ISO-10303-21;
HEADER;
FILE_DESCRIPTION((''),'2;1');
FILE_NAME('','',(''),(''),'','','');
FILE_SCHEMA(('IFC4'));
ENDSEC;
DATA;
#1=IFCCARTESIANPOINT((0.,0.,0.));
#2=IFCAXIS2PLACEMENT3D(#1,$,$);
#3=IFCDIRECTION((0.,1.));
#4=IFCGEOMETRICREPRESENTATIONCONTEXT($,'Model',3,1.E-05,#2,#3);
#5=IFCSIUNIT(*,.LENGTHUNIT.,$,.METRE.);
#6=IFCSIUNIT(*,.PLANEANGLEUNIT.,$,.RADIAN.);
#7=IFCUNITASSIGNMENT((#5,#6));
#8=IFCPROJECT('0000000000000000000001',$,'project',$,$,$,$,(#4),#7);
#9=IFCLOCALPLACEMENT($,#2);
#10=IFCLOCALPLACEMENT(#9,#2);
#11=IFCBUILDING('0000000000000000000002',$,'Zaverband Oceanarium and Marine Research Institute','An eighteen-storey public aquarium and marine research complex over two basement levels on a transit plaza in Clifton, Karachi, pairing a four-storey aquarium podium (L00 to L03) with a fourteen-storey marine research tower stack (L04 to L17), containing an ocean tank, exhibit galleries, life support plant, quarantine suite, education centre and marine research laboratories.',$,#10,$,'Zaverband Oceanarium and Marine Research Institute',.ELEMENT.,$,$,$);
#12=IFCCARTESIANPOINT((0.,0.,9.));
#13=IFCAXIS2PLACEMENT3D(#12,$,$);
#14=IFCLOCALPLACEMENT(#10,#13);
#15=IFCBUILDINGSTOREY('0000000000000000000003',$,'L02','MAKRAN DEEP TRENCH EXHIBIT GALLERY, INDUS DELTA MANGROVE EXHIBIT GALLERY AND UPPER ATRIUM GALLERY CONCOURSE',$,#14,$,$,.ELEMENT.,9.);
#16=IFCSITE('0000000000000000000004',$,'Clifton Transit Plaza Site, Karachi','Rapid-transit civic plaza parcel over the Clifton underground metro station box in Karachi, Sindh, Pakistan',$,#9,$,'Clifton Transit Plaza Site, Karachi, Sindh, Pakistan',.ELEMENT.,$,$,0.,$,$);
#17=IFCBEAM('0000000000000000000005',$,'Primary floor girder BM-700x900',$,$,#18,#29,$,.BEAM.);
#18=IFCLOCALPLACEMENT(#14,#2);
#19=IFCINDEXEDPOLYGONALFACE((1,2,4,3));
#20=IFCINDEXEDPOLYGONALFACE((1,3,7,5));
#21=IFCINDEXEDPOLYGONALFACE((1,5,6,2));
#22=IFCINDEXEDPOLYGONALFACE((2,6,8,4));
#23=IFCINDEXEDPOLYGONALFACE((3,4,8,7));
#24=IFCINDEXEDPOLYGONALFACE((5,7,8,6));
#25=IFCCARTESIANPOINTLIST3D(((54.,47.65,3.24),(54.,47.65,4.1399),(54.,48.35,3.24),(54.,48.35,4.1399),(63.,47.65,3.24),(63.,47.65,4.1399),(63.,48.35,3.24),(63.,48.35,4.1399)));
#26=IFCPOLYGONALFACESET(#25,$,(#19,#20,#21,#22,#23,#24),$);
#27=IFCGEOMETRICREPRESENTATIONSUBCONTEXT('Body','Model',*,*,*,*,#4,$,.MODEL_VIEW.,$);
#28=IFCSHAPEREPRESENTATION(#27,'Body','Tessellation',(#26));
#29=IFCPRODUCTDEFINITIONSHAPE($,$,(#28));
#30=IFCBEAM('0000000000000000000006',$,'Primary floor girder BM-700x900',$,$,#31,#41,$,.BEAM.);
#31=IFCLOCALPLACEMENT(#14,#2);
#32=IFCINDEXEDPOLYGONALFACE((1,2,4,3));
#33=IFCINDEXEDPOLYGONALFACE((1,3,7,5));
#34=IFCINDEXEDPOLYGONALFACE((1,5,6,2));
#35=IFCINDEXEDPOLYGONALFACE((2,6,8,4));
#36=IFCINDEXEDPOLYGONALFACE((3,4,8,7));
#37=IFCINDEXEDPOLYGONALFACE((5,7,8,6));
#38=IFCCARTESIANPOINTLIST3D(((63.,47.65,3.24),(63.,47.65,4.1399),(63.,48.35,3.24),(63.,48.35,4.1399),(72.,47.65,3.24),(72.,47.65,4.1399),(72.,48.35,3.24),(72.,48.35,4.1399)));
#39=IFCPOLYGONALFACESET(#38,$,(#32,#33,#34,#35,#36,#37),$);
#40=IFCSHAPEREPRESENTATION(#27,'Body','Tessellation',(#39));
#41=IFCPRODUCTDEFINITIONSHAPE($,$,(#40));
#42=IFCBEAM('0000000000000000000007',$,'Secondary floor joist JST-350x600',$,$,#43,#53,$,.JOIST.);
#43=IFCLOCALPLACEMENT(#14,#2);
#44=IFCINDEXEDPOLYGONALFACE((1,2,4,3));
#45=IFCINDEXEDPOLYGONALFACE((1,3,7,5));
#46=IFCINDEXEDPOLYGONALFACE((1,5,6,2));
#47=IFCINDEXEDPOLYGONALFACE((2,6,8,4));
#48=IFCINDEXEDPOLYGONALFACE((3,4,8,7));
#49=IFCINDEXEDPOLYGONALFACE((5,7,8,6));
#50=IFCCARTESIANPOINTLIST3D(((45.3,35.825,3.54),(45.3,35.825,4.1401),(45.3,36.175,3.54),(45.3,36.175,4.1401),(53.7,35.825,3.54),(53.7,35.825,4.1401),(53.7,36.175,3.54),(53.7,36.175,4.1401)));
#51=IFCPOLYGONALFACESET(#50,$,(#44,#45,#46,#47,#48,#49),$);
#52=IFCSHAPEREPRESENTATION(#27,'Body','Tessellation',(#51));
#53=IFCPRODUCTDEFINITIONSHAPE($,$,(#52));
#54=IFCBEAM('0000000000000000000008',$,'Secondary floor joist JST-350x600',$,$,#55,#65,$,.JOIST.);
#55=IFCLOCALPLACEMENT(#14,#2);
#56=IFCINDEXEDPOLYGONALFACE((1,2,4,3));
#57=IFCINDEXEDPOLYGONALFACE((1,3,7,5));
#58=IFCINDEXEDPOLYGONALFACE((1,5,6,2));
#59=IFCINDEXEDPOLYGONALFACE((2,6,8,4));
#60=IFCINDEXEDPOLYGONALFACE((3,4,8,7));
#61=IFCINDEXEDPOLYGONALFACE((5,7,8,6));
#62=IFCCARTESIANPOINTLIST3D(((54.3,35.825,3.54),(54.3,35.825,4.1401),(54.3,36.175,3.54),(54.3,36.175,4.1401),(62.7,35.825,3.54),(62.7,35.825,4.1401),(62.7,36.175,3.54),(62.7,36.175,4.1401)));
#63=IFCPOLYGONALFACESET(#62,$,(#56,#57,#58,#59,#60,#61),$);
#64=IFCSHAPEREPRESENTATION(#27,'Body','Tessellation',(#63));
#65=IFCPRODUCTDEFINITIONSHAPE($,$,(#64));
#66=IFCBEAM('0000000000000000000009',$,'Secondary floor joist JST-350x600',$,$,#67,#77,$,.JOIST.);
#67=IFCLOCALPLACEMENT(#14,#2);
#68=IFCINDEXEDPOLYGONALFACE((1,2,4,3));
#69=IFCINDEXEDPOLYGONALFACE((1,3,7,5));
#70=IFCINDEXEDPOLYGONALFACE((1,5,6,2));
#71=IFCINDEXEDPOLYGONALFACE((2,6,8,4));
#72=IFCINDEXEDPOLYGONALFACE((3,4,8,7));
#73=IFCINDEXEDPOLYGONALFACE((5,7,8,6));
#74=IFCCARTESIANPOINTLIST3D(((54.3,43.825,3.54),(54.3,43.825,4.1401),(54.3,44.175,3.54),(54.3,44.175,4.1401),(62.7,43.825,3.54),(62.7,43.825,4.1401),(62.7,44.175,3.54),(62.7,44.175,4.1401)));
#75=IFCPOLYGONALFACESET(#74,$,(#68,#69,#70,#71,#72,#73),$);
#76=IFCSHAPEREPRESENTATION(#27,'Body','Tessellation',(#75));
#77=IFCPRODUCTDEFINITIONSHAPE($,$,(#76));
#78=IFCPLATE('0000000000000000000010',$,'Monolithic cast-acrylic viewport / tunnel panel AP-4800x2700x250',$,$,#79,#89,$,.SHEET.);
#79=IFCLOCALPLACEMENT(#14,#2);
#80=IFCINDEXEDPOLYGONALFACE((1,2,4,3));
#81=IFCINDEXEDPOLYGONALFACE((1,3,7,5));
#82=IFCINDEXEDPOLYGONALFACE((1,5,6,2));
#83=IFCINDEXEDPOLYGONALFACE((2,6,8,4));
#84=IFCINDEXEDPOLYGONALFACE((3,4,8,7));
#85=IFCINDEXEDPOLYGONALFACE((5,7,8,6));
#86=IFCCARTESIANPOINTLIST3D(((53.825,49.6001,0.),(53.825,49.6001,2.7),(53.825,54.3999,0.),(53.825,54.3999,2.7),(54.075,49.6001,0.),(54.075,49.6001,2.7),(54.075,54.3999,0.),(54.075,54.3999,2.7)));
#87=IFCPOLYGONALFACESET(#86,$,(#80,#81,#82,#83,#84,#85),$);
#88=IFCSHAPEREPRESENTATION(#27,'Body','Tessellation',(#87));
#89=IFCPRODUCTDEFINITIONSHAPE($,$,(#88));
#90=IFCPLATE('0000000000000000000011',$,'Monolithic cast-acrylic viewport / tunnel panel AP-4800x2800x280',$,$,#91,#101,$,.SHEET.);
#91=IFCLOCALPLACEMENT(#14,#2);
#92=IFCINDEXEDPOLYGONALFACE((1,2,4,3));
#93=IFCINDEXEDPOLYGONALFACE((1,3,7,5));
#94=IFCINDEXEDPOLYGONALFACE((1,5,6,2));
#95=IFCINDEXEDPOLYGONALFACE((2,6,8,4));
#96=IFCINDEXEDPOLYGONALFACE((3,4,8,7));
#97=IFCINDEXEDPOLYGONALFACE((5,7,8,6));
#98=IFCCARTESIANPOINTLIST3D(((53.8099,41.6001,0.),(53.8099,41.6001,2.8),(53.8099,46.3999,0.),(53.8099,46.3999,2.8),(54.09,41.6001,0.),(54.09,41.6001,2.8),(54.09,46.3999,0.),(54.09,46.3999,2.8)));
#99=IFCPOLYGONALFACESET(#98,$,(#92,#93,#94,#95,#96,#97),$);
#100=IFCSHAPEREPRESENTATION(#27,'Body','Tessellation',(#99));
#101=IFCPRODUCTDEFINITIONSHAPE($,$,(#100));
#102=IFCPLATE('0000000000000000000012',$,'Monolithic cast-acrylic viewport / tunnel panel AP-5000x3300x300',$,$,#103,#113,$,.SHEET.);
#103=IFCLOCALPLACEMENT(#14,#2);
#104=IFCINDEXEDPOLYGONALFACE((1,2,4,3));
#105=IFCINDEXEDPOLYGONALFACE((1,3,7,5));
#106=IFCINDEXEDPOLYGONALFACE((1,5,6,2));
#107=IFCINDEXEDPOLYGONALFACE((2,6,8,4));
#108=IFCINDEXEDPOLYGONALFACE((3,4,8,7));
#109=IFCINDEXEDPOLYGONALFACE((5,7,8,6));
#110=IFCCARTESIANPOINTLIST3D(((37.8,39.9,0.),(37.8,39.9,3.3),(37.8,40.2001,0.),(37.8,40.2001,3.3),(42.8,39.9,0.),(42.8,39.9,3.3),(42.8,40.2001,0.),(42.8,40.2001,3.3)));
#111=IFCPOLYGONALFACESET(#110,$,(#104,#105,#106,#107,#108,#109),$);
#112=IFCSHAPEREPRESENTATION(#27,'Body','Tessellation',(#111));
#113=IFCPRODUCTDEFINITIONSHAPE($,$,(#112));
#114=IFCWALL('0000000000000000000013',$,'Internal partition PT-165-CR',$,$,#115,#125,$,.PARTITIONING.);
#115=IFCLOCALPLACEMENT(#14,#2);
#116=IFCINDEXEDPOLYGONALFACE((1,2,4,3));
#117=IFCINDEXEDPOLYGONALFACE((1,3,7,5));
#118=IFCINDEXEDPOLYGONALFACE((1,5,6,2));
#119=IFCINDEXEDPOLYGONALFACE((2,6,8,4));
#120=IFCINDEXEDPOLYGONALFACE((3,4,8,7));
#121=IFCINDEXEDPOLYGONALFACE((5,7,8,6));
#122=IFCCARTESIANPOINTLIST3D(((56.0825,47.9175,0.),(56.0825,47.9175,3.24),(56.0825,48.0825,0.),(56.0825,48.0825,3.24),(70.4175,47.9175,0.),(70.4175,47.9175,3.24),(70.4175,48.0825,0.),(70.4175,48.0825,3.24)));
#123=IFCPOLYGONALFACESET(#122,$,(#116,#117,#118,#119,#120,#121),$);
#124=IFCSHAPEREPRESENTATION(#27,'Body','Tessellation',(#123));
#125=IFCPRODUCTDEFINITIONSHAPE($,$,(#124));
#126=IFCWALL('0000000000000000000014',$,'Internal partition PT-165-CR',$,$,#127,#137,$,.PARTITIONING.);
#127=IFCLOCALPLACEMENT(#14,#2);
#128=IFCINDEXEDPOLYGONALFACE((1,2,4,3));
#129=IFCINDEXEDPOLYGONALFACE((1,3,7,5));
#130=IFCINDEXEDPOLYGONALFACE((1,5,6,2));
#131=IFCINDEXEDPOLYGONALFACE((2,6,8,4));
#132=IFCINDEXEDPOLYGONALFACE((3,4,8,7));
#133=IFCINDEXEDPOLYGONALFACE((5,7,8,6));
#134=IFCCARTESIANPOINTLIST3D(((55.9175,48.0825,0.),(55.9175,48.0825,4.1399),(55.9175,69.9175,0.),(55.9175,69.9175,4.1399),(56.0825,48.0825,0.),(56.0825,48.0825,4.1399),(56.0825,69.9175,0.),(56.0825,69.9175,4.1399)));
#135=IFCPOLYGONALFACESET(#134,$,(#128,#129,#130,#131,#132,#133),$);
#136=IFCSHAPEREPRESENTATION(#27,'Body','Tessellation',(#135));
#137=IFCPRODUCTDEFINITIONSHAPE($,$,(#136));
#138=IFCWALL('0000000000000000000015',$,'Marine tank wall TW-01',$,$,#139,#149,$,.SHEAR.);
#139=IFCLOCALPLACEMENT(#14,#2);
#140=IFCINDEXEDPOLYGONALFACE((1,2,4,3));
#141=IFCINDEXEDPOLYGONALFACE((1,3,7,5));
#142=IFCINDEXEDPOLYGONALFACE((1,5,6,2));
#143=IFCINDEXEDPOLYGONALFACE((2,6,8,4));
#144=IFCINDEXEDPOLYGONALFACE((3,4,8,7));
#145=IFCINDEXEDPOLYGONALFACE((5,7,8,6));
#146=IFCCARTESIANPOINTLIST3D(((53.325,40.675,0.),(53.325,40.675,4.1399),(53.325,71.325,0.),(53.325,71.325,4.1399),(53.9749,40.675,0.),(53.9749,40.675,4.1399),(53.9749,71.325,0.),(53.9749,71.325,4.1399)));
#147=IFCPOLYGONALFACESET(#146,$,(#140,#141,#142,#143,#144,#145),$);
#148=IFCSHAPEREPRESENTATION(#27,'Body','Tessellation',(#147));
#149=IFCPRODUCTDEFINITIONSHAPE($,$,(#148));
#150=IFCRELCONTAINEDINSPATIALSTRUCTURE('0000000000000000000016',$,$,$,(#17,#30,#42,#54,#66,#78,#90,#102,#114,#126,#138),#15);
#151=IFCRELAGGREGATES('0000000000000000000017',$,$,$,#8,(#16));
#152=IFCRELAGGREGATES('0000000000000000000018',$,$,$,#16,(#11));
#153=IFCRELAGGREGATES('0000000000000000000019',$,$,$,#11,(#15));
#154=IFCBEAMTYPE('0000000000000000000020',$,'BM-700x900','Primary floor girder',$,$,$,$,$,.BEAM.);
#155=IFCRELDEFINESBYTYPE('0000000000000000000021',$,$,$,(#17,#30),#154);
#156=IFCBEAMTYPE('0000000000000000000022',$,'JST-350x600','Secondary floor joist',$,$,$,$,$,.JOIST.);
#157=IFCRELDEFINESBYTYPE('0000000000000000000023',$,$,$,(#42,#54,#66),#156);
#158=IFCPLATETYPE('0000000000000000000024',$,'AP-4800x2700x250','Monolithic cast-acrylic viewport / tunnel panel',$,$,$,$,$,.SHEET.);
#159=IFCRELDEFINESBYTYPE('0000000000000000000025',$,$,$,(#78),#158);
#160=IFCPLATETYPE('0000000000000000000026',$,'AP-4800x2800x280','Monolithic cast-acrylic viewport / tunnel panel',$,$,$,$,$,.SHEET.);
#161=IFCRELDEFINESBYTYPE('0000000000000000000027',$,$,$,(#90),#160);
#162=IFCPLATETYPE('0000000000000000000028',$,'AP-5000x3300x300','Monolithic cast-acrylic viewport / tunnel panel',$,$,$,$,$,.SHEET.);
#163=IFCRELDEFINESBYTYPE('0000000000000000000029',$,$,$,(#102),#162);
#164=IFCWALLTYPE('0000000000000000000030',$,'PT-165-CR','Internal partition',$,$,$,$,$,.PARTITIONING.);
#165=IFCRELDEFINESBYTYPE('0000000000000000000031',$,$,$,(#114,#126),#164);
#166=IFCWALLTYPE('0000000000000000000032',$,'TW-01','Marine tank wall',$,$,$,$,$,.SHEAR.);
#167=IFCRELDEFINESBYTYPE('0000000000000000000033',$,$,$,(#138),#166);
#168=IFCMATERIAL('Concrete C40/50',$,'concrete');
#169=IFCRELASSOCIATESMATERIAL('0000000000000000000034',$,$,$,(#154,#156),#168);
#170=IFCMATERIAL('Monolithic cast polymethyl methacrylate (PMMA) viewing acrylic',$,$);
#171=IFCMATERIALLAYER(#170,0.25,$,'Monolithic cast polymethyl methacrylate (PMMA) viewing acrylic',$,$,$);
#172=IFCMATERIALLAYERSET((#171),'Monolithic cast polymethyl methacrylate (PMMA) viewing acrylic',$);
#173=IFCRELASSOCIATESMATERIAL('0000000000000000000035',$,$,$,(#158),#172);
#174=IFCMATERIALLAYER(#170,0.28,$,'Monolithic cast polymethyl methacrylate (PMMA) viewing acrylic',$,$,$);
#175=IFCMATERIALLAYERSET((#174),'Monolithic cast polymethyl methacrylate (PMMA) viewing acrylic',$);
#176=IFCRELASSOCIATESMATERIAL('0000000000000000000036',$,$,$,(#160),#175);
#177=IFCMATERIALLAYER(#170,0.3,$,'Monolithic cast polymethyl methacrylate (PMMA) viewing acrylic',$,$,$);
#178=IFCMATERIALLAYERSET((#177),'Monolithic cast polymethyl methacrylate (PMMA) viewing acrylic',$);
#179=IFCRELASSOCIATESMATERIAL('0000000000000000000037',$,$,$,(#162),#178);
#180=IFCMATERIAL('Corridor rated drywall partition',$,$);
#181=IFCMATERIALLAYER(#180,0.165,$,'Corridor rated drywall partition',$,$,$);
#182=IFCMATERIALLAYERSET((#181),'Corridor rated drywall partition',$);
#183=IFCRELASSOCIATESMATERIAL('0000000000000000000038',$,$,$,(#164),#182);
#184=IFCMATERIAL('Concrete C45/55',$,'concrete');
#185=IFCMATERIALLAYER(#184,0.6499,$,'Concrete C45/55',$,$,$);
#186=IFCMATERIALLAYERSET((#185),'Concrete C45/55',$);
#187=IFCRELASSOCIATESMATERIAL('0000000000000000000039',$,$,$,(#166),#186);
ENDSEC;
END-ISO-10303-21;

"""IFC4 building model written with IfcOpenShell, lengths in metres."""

from ifc_helpers import new_model, si_unit, direction, frame, frame_2d, origin, origin_2d, place, context, subcontext, project, spatial, rectangle, extrude, material, layer, layer_set, material_profile, profile_set, type_object, element, save


model = new_model("IFC4")

# Units and contexts
model_context = context("Model", 3, precision=1e-05, world=origin(), true_north=direction((0.0, 1.0)))
body_context = subcontext(model_context, "Body", "Model", "MODEL_VIEW")
ifc_project = project(units=[si_unit("LENGTHUNIT", "METRE"), si_unit("PLANEANGLEUNIT", "RADIAN")], contexts=[model_context])

# Site, building, storey
site_placement = place(None, origin())
site = spatial("IfcSite", under=ifc_project, at=site_placement, Name="Clifton Transit Plaza Site, Karachi", Description="Rapid-transit civic plaza parcel over the Clifton underground metro station box in Karachi, Sindh, Pakistan", LongName="Clifton Transit Plaza Site, Karachi, Sindh, Pakistan", CompositionType="ELEMENT", RefElevation=0.0)
building_placement = place(site_placement, origin())
building = spatial("IfcBuilding", under=site, at=building_placement, Name="Zaverband Oceanarium and Marine Research Institute", Description="An eighteen-storey public aquarium and marine research complex over two basement levels on a transit plaza in Clifton, Karachi, pairing a four-storey aquarium podium (L00 to L03) with a fourteen-storey marine research tower stack (L04 to L17), containing an ocean tank, exhibit galleries, life support plant, quarantine suite, education centre and marine research laboratories.", LongName="Zaverband Oceanarium and Marine Research Institute", CompositionType="ELEMENT")
storey_placement = place(building_placement, frame((0.0, 0.0, 9.0)))
storey = spatial("IfcBuildingStorey", under=building, at=storey_placement, Name="L02", Description="MAKRAN DEEP TRENCH EXHIBIT GALLERY, INDUS DELTA MANGROVE EXHIBIT GALLERY AND UPPER ATRIUM GALLERY CONCOURSE", CompositionType="ELEMENT", Elevation=9.0)

# Beams
ifc_material_1 = material(Name="Concrete C40/50", Category="concrete")
ifc_material_profile_1 = material_profile(ifc_material_1, rectangle(XDim=0.7, YDim=0.8999, at=origin_2d()), Name="RC700x900")
ifc_profile_set_1 = profile_set([ifc_material_profile_1], Name="Concrete C40/50")
beam_type_1 = type_object("IfcBeamType", Name="BM-700x900", Description="Primary floor girder", PredefinedType="BEAM", material=ifc_profile_set_1)
for number, where, z_axis, x_axis, name in (
    (1, (54.0, 48.0, 3.6899), (1.0, 0.0, 0.0), (0.0, 1.0, 0.0), "Primary floor girder BM-700x900"),
    (2, (63.0, 48.0, 3.6899), (1.0, 0.0, 0.0), (0.0, 1.0, 0.0), "Primary floor girder BM-700x900"),
):
    element("IfcBeam", number, at=place(storey_placement, frame(where, z_axis=z_axis, x_axis=x_axis)), inside=storey, type_object=beam_type_1, Name=name, PredefinedType="BEAM", context=body_context, shape_type="SweptSolid", body=[
        extrude(rectangle(XDim=0.7, YDim=0.8999, at=origin_2d()), origin(), (0.0, 0.0, 1.0), 9.0),
    ])
ifc_material_profile_2 = material_profile(ifc_material_1, rectangle(XDim=0.3501, YDim=0.6001, at=origin_2d()), Name="RC350x600")
ifc_profile_set_2 = profile_set([ifc_material_profile_2], Name="Concrete C40/50")
beam_type_2 = type_object("IfcBeamType", Name="JST-350x600", Description="Secondary floor joist", PredefinedType="JOIST", material=ifc_profile_set_2)
for number, where, z_axis, x_axis, name in (
    (3, (45.3, 36.0, 3.8401), (1.0, 0.0, 0.0), (0.0, 1.0, 0.0), "Secondary floor joist JST-350x600"),
    (4, (54.3, 36.0, 3.8401), (1.0, 0.0, 0.0), (0.0, 1.0, 0.0), "Secondary floor joist JST-350x600"),
    (5, (54.3, 44.0, 3.8401), (1.0, 0.0, 0.0), (0.0, 1.0, 0.0), "Secondary floor joist JST-350x600"),
):
    element("IfcBeam", number, at=place(storey_placement, frame(where, z_axis=z_axis, x_axis=x_axis)), inside=storey, type_object=beam_type_2, Name=name, PredefinedType="JOIST", context=body_context, shape_type="SweptSolid", body=[
        extrude(rectangle(XDim=0.3501, YDim=0.6001, at=origin_2d()), origin(), (0.0, 0.0, 1.0), 8.3999),
    ])

# Plates
ifc_material_2 = material(Name="Monolithic cast polymethyl methacrylate (PMMA) viewing acrylic")
ifc_layer_1 = layer(ifc_material_2, 0.25, Name="Monolithic cast polymethyl methacrylate (PMMA) viewing acrylic")
ifc_layer_set_1 = layer_set([ifc_layer_1], Name="Monolithic cast polymethyl methacrylate (PMMA) viewing acrylic")
plate_type_1 = type_object("IfcPlateType", Name="AP-4800x2700x250", Description="Monolithic cast-acrylic viewport / tunnel panel", PredefinedType="SHEET", material=ifc_layer_set_1)
plate_1_placement = place(storey_placement, frame((53.95, 49.6001, 0.0), z_axis=(0.0, 0.0, 1.0), x_axis=(0.0, 1.0, 0.0)))
element("IfcPlate", 6, at=plate_1_placement, inside=storey, type_object=plate_type_1, Name="Monolithic cast-acrylic viewport / tunnel panel AP-4800x2700x250", PredefinedType="SHEET", context=body_context, shape_type="SweptSolid", body=[
    extrude(rectangle(XDim=4.7998, YDim=0.25, at=frame_2d((2.3999, 0.0))), origin(), (0.0, 0.0, 1.0), 2.7),
])
ifc_layer_2 = layer(ifc_material_2, 0.28, Name="Monolithic cast polymethyl methacrylate (PMMA) viewing acrylic")
ifc_layer_set_2 = layer_set([ifc_layer_2], Name="Monolithic cast polymethyl methacrylate (PMMA) viewing acrylic")
plate_type_2 = type_object("IfcPlateType", Name="AP-4800x2800x280", Description="Monolithic cast-acrylic viewport / tunnel panel", PredefinedType="SHEET", material=ifc_layer_set_2)
plate_2_placement = place(storey_placement, frame((53.95, 41.6001, 0.0), z_axis=(0.0, 0.0, 1.0), x_axis=(0.0, 1.0, 0.0)))
element("IfcPlate", 7, at=plate_2_placement, inside=storey, type_object=plate_type_2, Name="Monolithic cast-acrylic viewport / tunnel panel AP-4800x2800x280", PredefinedType="SHEET", context=body_context, shape_type="SweptSolid", body=[
    extrude(rectangle(XDim=4.7998, YDim=0.28, at=frame_2d((2.3999, 0.0))), origin(), (0.0, 0.0, 1.0), 2.8),
])
ifc_layer_3 = layer(ifc_material_2, 0.3, Name="Monolithic cast polymethyl methacrylate (PMMA) viewing acrylic")
ifc_layer_set_3 = layer_set([ifc_layer_3], Name="Monolithic cast polymethyl methacrylate (PMMA) viewing acrylic")
plate_type_3 = type_object("IfcPlateType", Name="AP-5000x3300x300", Description="Monolithic cast-acrylic viewport / tunnel panel", PredefinedType="SHEET", material=ifc_layer_set_3)
plate_3_placement = place(storey_placement, frame((37.8, 40.05, 0.0), z_axis=(0.0, 0.0, 1.0), x_axis=(1.0, 0.0, 0.0)))
element("IfcPlate", 8, at=plate_3_placement, inside=storey, type_object=plate_type_3, Name="Monolithic cast-acrylic viewport / tunnel panel AP-5000x3300x300", PredefinedType="SHEET", context=body_context, shape_type="SweptSolid", body=[
    extrude(rectangle(XDim=5.0, YDim=0.3, at=frame_2d((2.5, 0.0))), origin(), (0.0, 0.0, 1.0), 3.3),
])

# Walls
ifc_material_3 = material(Name="Corridor rated drywall partition")
ifc_layer_4 = layer(ifc_material_3, 0.165, Name="Corridor rated drywall partition")
ifc_layer_set_4 = layer_set([ifc_layer_4], Name="Corridor rated drywall partition")
wall_type_1 = type_object("IfcWallType", Name="PT-165-CR", Description="Internal partition", PredefinedType="PARTITIONING", material=ifc_layer_set_4)
wall_1_placement = place(storey_placement, frame((56.0825, 48.0, 0.0), z_axis=(0.0, 0.0, 1.0), x_axis=(1.0, 0.0, 0.0)))
element("IfcWall", 9, at=wall_1_placement, inside=storey, type_object=wall_type_1, Name="Internal partition PT-165-CR", PredefinedType="PARTITIONING", context=body_context, shape_type="SweptSolid", body=[
    extrude(rectangle(XDim=14.335, YDim=0.165, at=frame_2d((7.1675, 0.0))), origin(), (0.0, 0.0, 1.0), 3.24),
])
wall_2_placement = place(storey_placement, frame((56.0, 48.0825, 0.0), z_axis=(0.0, 0.0, 1.0), x_axis=(0.0, 1.0, 0.0)))
element("IfcWall", 10, at=wall_2_placement, inside=storey, type_object=wall_type_1, Name="Internal partition PT-165-CR", PredefinedType="PARTITIONING", context=body_context, shape_type="SweptSolid", body=[
    extrude(rectangle(XDim=21.835, YDim=0.165, at=frame_2d((10.9175, 0.0))), origin(), (0.0, 0.0, 1.0), 4.1399),
])
ifc_material_4 = material(Name="Concrete C45/55", Category="concrete")
ifc_layer_5 = layer(ifc_material_4, 0.6499, Name="Concrete C45/55")
ifc_layer_set_5 = layer_set([ifc_layer_5], Name="Concrete C45/55")
wall_type_2 = type_object("IfcWallType", Name="TW-01", Description="Marine tank wall", PredefinedType="SHEAR", material=ifc_layer_set_5)
wall_3_placement = place(storey_placement, frame((53.6499, 40.675, 0.0), z_axis=(0.0, 0.0, 1.0), x_axis=(0.0, 1.0, 0.0)))
element("IfcWall", 11, at=wall_3_placement, inside=storey, type_object=wall_type_2, Name="Marine tank wall TW-01", PredefinedType="SHEAR", context=body_context, shape_type="SweptSolid", body=[
    extrude(rectangle(XDim=30.6499, YDim=0.6499, at=frame_2d((15.325, 0.0))), origin(), (0.0, 0.0, 1.0), 4.1399),
])

save(model, "model.ifc")
